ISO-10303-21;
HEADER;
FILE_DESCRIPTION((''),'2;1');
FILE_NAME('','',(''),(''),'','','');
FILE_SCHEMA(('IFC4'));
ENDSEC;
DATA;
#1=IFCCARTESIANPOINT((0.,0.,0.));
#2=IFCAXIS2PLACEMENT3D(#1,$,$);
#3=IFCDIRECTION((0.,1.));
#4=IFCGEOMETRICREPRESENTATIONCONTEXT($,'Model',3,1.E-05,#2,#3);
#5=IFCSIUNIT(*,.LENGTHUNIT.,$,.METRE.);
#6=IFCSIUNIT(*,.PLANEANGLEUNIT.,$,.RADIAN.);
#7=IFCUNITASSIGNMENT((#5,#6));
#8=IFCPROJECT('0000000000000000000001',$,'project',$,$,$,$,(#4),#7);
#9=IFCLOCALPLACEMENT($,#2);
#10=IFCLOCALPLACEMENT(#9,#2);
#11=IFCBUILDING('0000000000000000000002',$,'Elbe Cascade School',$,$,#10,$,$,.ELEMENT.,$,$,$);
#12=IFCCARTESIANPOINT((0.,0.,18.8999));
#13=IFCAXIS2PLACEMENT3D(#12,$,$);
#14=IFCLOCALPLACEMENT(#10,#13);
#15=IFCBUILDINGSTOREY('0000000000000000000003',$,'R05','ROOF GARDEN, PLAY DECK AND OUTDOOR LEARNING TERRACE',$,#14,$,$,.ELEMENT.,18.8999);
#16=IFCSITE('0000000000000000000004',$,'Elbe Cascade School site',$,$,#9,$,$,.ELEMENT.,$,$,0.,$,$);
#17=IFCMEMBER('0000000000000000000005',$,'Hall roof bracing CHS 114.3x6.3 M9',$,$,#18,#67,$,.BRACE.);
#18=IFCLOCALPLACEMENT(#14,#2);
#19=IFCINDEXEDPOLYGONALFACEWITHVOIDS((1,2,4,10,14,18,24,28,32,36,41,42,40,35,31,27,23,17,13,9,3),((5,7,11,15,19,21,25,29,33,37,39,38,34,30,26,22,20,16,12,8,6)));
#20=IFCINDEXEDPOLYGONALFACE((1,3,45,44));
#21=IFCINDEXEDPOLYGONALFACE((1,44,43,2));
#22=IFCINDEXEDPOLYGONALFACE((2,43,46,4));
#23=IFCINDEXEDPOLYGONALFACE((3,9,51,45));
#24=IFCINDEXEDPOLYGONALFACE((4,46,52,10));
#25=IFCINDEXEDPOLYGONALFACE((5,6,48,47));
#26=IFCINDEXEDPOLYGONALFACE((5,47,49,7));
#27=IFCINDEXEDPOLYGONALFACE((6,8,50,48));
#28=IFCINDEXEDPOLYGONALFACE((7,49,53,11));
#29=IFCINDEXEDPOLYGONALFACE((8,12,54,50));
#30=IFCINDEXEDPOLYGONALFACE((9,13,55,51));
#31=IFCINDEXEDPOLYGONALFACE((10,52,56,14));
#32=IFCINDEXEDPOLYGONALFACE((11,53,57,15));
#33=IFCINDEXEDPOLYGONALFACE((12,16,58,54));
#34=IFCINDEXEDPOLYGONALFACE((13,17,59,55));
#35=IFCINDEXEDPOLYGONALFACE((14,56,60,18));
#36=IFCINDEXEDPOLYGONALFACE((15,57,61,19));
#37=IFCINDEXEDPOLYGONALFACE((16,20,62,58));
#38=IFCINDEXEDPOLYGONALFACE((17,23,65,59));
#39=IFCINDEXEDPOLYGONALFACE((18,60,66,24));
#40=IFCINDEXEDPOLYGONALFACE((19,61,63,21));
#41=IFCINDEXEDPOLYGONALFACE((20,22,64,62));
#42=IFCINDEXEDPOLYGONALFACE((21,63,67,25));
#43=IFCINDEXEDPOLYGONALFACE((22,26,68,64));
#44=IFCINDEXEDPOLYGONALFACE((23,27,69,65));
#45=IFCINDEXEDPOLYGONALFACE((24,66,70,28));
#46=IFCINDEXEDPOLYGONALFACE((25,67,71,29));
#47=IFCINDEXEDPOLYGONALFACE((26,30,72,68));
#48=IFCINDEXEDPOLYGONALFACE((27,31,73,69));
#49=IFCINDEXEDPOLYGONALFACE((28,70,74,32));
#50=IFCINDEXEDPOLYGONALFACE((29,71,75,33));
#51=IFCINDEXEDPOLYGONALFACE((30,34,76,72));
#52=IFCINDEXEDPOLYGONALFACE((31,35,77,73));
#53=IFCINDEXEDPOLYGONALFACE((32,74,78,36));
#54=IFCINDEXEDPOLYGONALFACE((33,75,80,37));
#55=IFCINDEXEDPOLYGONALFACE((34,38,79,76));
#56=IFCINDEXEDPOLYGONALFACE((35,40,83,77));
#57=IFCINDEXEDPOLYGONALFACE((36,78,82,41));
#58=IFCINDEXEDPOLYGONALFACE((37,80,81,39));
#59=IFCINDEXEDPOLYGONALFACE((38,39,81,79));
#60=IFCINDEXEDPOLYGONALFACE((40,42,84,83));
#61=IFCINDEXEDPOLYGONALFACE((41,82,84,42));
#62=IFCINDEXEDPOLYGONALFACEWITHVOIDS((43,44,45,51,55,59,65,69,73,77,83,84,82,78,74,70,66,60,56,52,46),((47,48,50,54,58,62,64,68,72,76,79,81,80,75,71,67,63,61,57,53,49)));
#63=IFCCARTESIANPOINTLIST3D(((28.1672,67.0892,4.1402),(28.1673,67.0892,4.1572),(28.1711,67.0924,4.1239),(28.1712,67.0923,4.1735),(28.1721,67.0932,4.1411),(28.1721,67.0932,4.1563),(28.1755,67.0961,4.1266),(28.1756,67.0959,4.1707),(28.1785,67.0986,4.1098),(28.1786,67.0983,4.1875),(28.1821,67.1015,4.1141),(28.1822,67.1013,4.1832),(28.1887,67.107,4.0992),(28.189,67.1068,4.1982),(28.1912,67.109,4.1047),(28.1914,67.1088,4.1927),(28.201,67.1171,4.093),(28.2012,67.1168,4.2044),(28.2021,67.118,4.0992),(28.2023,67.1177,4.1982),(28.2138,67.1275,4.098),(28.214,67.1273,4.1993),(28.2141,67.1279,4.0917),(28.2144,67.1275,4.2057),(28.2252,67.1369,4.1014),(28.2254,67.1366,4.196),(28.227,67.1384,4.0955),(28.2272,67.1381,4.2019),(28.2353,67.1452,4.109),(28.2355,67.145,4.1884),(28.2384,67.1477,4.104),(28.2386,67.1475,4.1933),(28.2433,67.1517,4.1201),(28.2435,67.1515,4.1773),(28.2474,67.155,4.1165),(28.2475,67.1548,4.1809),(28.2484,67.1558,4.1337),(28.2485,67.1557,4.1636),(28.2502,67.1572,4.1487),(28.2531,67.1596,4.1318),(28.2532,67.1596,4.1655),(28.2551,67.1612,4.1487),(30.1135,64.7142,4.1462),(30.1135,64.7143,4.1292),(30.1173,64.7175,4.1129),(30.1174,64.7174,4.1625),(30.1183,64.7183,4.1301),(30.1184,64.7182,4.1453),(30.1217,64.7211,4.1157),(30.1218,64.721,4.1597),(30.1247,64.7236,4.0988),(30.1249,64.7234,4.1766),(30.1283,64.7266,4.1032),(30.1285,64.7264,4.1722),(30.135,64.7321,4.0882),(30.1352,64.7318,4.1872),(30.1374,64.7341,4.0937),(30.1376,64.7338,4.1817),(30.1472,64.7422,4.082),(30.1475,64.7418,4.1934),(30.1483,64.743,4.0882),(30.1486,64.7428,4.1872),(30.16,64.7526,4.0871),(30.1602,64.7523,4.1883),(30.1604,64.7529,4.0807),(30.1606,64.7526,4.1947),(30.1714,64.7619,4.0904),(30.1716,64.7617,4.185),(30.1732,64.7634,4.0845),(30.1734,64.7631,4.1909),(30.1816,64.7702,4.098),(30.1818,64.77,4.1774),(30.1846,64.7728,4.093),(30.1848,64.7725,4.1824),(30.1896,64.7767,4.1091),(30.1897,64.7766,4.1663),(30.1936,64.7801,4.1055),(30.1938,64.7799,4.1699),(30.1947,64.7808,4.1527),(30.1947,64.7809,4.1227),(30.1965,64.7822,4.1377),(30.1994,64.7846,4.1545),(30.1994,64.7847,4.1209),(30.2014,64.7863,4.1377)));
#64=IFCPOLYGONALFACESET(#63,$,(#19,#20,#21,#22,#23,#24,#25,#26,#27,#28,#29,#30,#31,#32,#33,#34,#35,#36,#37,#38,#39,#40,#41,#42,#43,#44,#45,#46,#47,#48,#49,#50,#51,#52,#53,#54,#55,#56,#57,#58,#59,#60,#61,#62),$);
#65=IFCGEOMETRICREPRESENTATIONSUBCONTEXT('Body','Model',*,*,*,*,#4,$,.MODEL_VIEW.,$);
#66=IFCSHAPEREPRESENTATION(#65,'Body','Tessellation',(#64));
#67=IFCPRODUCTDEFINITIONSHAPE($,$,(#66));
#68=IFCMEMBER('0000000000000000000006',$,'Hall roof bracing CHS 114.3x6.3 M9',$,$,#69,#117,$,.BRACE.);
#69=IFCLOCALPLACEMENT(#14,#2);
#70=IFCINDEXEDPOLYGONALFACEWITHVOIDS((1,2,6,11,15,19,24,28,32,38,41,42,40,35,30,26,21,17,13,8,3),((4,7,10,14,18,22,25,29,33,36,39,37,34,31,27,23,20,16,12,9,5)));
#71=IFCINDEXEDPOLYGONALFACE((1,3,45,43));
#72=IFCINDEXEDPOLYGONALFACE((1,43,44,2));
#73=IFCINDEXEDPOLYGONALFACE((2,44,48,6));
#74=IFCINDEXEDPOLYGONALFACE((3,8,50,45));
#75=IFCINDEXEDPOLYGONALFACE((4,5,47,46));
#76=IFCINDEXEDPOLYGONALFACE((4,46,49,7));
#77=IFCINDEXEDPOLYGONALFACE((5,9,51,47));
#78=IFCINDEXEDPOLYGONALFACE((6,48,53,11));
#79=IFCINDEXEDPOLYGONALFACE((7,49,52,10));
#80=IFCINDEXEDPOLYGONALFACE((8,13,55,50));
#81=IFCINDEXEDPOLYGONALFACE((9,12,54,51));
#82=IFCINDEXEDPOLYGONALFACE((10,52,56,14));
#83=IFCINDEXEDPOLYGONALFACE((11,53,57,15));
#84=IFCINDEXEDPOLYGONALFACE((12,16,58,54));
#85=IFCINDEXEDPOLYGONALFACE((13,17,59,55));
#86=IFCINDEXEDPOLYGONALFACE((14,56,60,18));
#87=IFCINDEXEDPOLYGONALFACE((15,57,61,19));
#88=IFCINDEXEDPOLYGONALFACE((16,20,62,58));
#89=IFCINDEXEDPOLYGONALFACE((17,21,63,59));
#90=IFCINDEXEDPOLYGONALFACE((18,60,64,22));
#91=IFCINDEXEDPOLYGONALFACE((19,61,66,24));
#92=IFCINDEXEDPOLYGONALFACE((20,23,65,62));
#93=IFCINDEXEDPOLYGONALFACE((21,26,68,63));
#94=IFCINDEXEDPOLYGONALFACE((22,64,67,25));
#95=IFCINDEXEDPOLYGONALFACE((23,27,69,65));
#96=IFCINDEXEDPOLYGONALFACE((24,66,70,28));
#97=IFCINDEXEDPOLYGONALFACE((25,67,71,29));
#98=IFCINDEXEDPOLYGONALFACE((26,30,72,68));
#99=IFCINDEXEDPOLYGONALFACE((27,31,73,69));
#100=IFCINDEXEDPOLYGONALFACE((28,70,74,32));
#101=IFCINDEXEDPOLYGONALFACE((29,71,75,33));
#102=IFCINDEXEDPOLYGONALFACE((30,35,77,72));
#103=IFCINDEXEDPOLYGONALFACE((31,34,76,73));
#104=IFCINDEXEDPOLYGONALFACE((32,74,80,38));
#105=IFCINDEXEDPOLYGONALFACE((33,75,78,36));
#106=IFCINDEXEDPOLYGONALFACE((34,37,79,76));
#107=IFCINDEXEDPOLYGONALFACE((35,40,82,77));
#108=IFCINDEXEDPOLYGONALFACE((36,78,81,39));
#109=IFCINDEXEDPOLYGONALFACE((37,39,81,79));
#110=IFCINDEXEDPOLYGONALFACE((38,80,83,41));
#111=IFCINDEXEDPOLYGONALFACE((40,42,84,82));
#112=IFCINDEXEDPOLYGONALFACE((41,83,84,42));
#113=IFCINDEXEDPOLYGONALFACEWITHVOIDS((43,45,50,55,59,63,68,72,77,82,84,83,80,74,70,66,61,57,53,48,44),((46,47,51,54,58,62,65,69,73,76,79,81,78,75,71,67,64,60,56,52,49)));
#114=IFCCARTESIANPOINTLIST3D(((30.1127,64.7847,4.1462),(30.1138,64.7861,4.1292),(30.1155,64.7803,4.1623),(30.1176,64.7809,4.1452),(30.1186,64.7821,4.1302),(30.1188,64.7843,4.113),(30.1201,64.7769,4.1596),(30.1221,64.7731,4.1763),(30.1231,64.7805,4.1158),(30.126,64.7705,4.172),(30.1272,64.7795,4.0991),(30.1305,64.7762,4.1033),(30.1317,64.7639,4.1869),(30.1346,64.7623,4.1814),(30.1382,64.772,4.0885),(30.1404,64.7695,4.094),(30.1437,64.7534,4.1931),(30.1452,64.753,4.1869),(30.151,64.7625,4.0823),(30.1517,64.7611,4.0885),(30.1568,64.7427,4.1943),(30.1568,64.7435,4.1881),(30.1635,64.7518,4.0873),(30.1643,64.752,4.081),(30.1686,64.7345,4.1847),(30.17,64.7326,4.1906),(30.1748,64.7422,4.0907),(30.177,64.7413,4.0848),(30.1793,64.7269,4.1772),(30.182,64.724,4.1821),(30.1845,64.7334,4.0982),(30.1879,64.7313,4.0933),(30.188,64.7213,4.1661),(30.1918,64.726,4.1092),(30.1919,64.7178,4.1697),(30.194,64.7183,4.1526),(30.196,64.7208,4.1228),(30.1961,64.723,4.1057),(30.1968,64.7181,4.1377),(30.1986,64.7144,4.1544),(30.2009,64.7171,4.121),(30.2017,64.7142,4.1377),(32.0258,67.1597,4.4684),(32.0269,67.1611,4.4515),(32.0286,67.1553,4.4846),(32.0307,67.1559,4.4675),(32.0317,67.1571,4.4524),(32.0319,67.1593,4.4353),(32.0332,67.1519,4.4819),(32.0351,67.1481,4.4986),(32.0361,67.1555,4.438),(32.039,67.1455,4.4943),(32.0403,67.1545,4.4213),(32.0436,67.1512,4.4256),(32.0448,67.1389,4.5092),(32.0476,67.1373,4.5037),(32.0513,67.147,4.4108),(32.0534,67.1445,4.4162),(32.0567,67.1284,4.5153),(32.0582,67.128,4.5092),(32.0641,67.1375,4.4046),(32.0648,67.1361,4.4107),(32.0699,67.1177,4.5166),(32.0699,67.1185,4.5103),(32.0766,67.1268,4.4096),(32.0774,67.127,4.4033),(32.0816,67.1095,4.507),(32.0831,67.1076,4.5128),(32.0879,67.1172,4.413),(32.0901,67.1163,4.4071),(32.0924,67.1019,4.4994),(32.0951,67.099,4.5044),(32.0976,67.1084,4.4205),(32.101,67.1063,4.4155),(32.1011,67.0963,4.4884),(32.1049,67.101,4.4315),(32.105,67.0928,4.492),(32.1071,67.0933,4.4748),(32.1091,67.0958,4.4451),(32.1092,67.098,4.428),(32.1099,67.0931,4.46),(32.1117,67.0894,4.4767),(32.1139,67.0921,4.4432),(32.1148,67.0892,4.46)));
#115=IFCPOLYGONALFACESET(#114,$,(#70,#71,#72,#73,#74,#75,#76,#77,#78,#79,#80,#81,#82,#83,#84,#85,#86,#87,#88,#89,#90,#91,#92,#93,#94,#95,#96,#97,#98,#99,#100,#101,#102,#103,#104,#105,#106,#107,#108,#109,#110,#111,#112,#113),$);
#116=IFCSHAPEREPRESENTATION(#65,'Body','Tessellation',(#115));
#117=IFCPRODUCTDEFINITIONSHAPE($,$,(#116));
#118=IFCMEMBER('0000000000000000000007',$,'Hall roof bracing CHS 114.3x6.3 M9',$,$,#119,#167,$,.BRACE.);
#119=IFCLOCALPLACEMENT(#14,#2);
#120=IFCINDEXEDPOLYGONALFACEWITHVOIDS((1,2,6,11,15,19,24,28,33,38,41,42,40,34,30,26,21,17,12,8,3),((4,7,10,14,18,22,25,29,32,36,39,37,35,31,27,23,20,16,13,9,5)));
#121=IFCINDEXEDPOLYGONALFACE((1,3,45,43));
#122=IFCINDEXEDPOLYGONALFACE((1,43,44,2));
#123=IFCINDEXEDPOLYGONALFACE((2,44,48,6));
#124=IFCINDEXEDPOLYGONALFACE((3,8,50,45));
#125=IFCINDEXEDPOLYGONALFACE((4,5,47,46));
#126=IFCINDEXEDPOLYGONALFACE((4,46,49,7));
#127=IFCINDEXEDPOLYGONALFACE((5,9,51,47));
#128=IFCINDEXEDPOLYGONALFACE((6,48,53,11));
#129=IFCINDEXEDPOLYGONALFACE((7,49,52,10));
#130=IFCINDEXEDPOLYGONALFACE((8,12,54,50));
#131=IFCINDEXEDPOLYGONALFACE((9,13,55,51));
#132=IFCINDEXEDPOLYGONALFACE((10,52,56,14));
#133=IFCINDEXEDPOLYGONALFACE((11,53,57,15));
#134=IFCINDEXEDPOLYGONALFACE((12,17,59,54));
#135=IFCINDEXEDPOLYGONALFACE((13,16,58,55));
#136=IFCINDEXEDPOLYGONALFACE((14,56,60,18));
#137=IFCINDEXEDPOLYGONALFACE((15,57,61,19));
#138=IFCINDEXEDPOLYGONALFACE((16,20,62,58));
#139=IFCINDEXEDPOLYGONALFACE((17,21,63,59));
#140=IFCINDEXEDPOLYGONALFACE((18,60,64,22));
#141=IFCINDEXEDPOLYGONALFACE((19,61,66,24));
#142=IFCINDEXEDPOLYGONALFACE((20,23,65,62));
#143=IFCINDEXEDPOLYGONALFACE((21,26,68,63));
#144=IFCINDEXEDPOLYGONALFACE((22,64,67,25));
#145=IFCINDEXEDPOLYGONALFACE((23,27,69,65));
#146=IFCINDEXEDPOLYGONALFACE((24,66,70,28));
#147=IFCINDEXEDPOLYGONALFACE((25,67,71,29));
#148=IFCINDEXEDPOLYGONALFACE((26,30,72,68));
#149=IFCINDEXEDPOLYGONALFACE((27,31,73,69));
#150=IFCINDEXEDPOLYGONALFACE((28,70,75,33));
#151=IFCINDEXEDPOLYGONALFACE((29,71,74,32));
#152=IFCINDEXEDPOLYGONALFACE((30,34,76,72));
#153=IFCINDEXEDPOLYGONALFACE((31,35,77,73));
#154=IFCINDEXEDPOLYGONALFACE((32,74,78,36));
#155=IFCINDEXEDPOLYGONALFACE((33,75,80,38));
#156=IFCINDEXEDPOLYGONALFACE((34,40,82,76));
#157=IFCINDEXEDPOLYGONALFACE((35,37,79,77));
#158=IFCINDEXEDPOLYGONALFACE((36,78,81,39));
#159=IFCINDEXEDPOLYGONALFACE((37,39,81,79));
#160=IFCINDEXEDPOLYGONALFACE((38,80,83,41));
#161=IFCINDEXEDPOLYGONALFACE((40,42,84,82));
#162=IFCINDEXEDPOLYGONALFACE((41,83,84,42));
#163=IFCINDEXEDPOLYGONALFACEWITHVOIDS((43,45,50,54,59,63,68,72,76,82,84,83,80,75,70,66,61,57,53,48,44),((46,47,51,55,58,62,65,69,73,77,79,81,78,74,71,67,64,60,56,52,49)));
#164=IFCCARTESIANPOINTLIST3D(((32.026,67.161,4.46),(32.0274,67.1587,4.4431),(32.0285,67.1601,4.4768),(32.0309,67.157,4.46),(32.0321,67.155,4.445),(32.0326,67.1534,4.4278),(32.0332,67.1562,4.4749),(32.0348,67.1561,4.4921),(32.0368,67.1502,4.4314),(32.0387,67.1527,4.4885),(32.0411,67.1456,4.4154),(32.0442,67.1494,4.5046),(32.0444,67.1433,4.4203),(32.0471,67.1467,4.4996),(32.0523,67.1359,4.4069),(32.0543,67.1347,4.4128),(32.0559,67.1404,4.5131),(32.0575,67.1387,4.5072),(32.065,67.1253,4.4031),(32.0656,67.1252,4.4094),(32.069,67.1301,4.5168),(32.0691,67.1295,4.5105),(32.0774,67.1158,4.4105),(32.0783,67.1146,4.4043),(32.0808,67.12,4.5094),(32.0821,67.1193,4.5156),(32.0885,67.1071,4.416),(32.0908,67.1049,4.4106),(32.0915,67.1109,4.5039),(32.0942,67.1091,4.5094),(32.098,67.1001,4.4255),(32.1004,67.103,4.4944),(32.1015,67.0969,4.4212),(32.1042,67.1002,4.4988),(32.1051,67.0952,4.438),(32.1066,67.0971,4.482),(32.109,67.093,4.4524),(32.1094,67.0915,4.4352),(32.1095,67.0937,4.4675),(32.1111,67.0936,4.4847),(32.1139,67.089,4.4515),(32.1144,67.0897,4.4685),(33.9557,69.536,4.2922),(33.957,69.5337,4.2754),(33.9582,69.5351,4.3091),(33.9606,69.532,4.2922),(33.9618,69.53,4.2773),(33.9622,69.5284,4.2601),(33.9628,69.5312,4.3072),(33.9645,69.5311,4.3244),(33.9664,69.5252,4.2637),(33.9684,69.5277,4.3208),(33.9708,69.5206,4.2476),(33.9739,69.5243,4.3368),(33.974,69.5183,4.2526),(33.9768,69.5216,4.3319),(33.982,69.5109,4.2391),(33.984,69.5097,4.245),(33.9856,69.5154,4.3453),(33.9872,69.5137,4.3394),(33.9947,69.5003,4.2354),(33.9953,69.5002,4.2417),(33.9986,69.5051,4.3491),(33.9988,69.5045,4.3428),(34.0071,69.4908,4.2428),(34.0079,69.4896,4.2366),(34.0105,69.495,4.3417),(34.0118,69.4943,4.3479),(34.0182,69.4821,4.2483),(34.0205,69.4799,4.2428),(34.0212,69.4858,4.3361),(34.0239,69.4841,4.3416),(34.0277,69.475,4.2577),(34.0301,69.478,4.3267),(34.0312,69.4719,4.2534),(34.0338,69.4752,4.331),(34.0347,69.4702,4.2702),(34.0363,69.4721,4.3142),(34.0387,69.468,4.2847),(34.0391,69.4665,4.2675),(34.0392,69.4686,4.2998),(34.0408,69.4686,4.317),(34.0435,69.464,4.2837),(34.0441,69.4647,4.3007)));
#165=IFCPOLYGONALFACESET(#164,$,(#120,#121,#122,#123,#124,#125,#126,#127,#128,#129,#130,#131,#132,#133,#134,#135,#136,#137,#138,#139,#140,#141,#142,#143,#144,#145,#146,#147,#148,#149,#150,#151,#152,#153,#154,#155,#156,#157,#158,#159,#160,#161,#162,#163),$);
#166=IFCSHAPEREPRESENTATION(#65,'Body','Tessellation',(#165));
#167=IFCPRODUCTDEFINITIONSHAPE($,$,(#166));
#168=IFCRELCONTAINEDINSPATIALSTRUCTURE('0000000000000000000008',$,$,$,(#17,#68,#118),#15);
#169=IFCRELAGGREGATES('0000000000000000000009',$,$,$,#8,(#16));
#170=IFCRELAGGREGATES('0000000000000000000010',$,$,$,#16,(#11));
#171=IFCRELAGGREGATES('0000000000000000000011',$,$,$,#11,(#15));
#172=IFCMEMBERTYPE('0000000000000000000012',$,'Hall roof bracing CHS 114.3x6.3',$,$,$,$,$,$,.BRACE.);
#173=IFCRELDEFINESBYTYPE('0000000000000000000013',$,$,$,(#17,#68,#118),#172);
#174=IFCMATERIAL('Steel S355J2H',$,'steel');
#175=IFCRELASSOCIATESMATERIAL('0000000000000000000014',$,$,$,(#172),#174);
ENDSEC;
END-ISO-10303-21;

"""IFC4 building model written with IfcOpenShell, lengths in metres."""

from ifc_helpers import new_model, si_unit, direction, frame, origin, origin_2d, place, context, subcontext, project, spatial, hollow_circle, extrude, material, material_profile, profile_set, type_object, element, save


model = new_model("IFC4")

# Units and contexts
model_context = context("Model", 3, precision=1e-05, world=origin(), true_north=direction((0.0, 1.0)))
body_context = subcontext(model_context, "Body", "Model", "MODEL_VIEW")
ifc_project = project(units=[si_unit("LENGTHUNIT", "METRE"), si_unit("PLANEANGLEUNIT", "RADIAN")], contexts=[model_context])

# Site, building, storey
site_placement = place(None, origin())
site = spatial("IfcSite", under=ifc_project, at=site_placement, Name="Elbe Cascade School site", CompositionType="ELEMENT", RefElevation=0.0)
building_placement = place(site_placement, origin())
building = spatial("IfcBuilding", under=site, at=building_placement, Name="Elbe Cascade School", CompositionType="ELEMENT")
storey_placement = place(building_placement, frame((0.0, 0.0, 18.8999)))
storey = spatial("IfcBuildingStorey", under=building, at=storey_placement, Name="R05", Description="ROOF GARDEN, PLAY DECK AND OUTDOOR LEARNING TERRACE", CompositionType="ELEMENT", Elevation=18.8999)

# Members
ifc_material_1 = material(Name="Steel S355J2H", Category="steel")
ifc_material_profile_1 = material_profile(ifc_material_1, hollow_circle(Radius=0.0571, WallThickness=0.0063, at=origin_2d()), Name="CHS 114.3x6.3")
ifc_profile_set_1 = profile_set([ifc_material_profile_1], Name="Steel S355J2H")
member_type_1 = type_object("IfcMemberType", Name="Hall roof bracing CHS 114.3x6.3", PredefinedType="BRACE", material=ifc_profile_set_1)
member_1_placement = place(storey_placement, frame((28.2109, 67.125, 4.1487), z_axis=(0.63384, -0.773456, -0.003578), x_axis=(0.773461, 0.633844, 0.0)))
element("IfcMember", 1, at=member_1_placement, inside=storey, type_object=member_type_1, Name="Hall roof bracing CHS 114.3x6.3 M9", PredefinedType="BRACE", context=body_context, shape_type="SweptSolid", body=[
    extrude(hollow_circle(Radius=0.0571, WallThickness=0.0063, at=origin_2d()), origin(), (0.0, 0.0, 1.0), 3.0706),
])
member_2_placement = place(storey_placement, frame((32.0703, 67.125, 4.46), z_axis=(-0.623835, -0.774459, -0.105087), x_axis=(0.778771, -0.627308, 0.0)))
element("IfcMember", 2, at=member_2_placement, inside=storey, type_object=member_type_1, Name="Hall roof bracing CHS 114.3x6.3 M9", PredefinedType="BRACE", context=body_context, shape_type="SweptSolid", body=[
    extrude(hollow_circle(Radius=0.0571, WallThickness=0.0063, at=origin_2d()), origin(), (0.0, 0.0, 1.0), 3.0667),
])
member_3_placement = place(storey_placement, frame((32.0703, 67.125, 4.46), z_axis=(0.629648, 0.774951, -0.054728), x_axis=(-0.776114, 0.630593, 0.0)))
element("IfcMember", 3, at=member_3_placement, inside=storey, type_object=member_type_1, Name="Hall roof bracing CHS 114.3x6.3 M9", PredefinedType="BRACE", context=body_context, shape_type="SweptSolid", body=[
    extrude(hollow_circle(Radius=0.0571, WallThickness=0.0063, at=origin_2d()), origin(), (0.0, 0.0, 1.0), 3.0647),
])

save(model, "model.ifc")
